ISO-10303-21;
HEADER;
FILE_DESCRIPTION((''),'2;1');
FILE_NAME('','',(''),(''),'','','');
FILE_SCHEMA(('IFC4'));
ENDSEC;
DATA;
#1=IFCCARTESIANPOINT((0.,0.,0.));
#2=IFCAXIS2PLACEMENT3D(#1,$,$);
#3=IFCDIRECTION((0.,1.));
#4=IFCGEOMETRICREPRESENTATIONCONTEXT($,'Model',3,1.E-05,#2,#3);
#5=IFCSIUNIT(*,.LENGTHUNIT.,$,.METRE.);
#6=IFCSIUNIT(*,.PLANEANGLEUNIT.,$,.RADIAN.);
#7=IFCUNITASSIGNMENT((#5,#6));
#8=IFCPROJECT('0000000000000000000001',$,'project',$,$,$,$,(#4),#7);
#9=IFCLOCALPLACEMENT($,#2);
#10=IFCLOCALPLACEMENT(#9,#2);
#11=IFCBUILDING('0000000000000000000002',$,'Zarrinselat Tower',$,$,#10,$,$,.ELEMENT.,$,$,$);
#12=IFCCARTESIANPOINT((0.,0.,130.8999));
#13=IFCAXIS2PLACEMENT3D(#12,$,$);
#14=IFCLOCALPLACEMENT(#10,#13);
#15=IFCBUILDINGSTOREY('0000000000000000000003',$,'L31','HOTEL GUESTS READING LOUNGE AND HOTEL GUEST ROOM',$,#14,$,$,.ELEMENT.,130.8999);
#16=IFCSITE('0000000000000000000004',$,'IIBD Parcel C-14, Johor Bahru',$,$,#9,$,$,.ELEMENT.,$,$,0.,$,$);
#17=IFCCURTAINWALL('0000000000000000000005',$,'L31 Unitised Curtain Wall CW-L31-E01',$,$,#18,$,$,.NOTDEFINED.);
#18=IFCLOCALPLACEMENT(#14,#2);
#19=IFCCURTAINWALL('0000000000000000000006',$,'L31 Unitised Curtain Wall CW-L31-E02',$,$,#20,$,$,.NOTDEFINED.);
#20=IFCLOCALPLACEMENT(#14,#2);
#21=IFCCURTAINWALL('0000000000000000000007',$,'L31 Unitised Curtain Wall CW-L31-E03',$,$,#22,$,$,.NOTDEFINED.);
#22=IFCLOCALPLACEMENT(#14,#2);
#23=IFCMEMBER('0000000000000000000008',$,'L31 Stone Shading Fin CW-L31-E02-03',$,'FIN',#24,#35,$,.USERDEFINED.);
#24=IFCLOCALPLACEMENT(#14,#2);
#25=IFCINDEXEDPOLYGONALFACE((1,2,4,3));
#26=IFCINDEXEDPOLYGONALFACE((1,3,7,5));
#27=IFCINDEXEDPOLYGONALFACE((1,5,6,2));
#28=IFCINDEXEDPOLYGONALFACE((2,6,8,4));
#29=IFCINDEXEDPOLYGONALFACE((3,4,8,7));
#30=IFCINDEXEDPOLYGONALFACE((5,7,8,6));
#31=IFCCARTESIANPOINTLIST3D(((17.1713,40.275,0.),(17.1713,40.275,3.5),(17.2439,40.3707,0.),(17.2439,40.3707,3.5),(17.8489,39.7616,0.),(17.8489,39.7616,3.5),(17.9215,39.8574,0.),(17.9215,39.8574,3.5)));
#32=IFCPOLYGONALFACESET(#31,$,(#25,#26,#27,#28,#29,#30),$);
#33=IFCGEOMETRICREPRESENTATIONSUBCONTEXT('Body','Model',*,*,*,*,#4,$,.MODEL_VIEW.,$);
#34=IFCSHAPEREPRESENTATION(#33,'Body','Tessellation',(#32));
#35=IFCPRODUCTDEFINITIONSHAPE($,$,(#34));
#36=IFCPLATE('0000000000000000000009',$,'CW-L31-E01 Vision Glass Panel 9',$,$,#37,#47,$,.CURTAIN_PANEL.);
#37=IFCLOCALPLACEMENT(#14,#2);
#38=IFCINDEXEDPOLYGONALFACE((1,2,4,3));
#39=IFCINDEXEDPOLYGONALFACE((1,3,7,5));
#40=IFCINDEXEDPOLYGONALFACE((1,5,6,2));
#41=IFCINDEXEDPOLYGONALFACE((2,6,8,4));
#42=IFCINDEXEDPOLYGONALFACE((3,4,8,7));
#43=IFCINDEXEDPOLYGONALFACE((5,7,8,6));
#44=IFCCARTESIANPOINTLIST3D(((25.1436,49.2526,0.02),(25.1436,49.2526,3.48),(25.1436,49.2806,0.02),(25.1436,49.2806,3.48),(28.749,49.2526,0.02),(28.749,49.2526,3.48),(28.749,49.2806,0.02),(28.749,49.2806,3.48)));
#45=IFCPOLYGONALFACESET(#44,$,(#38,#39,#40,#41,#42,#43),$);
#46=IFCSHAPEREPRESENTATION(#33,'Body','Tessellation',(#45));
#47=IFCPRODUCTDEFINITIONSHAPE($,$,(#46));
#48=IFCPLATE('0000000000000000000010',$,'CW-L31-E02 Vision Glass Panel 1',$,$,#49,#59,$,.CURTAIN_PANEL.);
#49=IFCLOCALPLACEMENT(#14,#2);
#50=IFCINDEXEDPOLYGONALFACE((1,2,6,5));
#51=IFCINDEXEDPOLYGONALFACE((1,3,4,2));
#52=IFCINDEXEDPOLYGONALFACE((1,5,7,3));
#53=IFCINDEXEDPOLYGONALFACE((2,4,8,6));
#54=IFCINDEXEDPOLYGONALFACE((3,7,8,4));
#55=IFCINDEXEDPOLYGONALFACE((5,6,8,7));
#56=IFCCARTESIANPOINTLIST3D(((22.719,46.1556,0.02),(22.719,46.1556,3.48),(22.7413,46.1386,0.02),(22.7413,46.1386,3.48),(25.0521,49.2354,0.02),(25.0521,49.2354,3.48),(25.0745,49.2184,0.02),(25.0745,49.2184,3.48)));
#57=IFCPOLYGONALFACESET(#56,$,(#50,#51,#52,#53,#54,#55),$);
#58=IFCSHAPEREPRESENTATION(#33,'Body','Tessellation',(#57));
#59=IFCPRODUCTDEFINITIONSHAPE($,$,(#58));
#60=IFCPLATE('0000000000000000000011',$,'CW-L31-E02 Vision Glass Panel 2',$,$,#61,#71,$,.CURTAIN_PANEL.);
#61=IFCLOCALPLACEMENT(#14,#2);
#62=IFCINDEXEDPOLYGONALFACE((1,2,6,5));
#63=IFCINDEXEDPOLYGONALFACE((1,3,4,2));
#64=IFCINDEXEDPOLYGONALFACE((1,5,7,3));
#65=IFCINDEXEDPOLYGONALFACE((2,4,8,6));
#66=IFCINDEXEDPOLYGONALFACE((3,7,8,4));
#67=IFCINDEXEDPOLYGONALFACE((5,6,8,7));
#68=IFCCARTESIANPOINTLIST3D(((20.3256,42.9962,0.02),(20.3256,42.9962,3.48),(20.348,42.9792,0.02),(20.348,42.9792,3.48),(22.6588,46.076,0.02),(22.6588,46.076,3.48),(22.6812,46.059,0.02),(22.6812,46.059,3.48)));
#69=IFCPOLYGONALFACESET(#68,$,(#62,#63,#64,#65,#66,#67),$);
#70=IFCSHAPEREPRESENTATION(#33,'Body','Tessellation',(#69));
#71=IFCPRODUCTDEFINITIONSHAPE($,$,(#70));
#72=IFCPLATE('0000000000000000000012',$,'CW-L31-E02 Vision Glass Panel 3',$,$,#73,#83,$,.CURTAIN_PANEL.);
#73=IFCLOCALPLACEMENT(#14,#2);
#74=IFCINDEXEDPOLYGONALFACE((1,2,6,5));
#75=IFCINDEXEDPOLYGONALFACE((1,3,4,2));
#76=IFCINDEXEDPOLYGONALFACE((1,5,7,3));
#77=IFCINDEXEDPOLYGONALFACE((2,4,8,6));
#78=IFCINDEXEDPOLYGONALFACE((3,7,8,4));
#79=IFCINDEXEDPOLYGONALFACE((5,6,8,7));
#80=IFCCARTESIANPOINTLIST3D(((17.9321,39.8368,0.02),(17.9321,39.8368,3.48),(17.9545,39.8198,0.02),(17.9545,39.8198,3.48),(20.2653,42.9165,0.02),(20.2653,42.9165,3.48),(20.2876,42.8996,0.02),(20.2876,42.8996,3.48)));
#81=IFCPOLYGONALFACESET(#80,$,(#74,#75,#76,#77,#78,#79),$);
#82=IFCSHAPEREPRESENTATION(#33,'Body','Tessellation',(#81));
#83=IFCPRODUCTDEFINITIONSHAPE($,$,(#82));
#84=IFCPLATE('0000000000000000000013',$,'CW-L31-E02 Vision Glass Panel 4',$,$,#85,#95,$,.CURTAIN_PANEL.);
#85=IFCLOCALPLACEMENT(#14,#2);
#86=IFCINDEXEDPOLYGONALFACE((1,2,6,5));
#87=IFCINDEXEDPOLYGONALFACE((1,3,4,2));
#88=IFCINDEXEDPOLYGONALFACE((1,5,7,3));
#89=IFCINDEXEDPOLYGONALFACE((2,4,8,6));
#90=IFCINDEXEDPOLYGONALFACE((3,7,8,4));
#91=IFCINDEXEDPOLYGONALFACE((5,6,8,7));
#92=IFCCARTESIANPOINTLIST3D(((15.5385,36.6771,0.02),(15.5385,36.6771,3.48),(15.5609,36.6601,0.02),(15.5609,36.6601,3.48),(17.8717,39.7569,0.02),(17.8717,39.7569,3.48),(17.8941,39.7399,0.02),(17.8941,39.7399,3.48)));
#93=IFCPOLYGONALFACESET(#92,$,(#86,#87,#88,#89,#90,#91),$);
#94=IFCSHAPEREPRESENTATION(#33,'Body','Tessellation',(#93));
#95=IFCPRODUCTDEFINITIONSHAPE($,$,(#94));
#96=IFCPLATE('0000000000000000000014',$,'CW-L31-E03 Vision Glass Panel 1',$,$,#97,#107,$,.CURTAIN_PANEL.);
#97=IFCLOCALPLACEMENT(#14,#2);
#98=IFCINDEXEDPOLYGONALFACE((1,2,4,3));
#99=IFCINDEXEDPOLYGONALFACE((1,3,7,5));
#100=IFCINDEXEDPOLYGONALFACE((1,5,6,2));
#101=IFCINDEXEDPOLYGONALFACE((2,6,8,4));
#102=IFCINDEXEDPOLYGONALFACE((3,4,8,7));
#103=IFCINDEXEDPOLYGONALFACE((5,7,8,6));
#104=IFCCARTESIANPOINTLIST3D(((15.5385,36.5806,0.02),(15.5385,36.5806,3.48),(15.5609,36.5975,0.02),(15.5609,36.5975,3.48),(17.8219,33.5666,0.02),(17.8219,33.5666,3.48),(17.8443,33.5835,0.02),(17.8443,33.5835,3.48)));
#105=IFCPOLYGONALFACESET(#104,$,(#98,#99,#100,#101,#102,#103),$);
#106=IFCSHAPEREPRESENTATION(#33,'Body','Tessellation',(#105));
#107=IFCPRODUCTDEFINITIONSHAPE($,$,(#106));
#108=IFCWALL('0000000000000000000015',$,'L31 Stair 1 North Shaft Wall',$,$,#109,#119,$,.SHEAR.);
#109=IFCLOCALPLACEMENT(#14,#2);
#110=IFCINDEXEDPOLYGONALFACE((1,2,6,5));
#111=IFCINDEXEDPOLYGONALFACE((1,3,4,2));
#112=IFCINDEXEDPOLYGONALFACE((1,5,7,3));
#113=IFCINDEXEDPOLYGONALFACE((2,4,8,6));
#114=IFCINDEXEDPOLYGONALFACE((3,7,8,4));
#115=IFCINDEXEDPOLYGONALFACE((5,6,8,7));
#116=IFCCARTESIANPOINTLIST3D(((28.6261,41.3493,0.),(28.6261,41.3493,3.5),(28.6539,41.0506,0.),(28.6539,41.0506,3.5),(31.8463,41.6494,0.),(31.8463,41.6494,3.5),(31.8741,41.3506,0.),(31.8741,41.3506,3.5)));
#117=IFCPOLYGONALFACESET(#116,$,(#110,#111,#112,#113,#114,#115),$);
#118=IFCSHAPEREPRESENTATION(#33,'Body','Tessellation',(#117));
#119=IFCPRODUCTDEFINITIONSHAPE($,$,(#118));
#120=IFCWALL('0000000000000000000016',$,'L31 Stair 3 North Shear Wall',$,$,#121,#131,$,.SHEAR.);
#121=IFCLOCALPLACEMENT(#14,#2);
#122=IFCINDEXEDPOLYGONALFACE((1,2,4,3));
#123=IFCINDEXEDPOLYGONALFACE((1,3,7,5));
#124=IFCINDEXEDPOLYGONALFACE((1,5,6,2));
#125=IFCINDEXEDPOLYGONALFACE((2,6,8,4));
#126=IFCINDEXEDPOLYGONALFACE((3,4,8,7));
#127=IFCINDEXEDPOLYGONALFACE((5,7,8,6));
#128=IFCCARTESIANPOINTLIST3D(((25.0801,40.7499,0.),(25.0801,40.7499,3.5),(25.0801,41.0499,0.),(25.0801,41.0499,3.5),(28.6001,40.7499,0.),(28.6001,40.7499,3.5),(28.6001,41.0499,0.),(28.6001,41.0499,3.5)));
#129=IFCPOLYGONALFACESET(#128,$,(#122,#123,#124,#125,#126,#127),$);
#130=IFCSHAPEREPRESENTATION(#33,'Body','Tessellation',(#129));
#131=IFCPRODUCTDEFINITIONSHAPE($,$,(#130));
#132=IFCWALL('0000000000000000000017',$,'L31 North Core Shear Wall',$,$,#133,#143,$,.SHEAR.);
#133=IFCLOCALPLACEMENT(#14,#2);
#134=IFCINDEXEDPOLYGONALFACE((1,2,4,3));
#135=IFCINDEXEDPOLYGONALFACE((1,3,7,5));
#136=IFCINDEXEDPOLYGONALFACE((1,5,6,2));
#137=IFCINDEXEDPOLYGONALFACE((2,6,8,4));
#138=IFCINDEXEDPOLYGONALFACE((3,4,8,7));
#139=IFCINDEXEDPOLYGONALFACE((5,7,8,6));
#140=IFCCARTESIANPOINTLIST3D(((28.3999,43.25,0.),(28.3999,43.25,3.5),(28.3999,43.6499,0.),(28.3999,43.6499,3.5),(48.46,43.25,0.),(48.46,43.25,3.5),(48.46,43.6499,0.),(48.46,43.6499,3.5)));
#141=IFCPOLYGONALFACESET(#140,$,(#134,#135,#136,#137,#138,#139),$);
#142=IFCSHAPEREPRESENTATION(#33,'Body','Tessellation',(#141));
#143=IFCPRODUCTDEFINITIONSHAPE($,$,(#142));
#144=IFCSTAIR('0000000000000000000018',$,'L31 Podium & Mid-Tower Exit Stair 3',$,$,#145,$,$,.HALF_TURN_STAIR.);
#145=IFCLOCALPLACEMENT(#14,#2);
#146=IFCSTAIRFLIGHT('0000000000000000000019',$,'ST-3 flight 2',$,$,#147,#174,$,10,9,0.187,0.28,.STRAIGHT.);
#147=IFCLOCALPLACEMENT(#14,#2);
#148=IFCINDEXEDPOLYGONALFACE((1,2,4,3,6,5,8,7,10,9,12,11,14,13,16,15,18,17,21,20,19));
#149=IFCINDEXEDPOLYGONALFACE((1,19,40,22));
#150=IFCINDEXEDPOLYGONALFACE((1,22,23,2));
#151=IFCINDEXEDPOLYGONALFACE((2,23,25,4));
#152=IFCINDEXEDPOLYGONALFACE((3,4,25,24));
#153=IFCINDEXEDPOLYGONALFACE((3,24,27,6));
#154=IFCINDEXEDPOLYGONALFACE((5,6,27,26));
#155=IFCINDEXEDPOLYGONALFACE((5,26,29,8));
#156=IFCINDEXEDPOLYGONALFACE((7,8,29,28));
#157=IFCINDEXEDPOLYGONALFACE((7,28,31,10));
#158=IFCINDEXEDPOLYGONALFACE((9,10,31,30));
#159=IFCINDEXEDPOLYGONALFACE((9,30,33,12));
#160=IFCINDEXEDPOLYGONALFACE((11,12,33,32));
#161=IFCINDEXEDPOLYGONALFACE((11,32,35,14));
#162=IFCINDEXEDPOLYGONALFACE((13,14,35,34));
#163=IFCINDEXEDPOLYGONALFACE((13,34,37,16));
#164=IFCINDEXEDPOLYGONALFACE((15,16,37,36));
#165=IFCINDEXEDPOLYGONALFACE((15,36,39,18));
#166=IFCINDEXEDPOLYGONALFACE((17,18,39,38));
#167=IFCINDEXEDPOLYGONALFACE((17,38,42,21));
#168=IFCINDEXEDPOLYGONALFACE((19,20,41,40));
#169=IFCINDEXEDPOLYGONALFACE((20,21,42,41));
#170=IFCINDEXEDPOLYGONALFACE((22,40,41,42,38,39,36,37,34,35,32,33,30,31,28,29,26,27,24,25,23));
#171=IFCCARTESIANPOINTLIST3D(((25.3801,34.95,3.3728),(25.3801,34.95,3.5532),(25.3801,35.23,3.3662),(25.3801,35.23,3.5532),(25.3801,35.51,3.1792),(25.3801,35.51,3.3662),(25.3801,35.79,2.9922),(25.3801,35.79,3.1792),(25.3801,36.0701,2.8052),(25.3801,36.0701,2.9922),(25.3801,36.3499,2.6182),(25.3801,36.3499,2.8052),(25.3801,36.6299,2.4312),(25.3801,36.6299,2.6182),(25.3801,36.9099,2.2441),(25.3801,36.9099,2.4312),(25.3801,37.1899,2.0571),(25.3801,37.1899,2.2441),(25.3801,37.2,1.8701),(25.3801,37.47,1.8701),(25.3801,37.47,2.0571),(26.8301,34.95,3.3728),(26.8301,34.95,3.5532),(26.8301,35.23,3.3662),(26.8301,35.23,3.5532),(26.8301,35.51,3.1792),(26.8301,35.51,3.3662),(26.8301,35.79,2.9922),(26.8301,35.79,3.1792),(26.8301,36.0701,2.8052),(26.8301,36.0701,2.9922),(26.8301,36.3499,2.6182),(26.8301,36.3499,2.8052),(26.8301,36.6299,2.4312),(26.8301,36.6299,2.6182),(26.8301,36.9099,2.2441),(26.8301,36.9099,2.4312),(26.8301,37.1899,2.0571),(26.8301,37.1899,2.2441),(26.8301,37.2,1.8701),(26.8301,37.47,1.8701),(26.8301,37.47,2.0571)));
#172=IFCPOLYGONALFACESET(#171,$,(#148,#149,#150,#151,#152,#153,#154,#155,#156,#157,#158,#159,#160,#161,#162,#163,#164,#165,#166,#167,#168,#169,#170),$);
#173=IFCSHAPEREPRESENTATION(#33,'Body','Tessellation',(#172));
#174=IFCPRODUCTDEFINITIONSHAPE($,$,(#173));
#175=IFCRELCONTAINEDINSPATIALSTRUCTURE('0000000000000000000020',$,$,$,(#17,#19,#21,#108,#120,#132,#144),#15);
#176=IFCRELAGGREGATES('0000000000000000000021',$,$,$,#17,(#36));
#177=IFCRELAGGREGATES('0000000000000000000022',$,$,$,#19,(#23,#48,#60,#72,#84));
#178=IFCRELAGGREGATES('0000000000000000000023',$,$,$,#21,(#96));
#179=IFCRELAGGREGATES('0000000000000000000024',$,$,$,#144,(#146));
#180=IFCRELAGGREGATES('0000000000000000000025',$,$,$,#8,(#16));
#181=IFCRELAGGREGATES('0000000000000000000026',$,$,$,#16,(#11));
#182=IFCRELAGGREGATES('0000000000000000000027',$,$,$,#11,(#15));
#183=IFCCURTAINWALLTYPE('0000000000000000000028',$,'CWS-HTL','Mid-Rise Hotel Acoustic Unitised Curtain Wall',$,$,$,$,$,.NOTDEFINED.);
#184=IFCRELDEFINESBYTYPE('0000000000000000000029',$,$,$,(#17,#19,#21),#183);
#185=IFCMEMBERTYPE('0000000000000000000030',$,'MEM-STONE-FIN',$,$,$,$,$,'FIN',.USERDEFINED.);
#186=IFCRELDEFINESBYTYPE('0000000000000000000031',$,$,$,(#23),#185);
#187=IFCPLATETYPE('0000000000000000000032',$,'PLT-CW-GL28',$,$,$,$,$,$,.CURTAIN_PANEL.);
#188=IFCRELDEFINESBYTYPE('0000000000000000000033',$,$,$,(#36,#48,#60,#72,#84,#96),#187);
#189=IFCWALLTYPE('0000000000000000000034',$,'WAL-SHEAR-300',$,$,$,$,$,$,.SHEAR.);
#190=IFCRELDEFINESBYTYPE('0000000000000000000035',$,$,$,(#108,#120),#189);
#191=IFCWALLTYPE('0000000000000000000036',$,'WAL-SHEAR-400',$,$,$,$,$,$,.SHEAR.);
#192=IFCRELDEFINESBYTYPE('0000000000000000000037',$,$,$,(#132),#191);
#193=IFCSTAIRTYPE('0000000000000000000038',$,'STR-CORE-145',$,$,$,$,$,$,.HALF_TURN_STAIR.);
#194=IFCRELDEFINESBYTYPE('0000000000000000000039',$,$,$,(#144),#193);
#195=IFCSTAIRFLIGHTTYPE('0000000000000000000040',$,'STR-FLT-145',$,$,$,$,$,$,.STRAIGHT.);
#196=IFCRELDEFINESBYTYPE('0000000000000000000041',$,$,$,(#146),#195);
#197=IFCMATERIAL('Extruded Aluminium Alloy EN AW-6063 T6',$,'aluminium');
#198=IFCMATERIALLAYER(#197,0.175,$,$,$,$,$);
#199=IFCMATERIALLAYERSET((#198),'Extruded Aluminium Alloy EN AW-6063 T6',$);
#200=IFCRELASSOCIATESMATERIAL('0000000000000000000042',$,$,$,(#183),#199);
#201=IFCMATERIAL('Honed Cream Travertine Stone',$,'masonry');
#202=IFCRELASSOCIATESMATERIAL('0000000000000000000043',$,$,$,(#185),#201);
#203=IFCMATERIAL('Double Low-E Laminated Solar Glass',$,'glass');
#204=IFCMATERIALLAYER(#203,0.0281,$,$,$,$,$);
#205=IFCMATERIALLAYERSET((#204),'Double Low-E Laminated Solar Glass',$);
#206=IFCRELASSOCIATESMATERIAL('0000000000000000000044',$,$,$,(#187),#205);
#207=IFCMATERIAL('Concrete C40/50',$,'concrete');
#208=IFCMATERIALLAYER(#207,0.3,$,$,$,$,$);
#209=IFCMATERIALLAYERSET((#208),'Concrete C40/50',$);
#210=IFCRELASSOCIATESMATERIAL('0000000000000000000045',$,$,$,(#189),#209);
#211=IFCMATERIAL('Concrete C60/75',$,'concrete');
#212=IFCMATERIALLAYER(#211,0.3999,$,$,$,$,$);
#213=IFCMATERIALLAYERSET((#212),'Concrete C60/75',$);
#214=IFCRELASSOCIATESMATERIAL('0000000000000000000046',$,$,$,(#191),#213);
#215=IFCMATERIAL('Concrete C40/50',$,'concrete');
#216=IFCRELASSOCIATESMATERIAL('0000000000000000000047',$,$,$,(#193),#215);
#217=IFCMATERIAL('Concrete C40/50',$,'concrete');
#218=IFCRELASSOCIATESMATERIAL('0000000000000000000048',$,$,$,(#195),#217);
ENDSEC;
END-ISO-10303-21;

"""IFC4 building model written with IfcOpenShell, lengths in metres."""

from ifc_helpers import new_model, si_unit, direction, frame, frame_2d, origin, origin_2d, place, context, subcontext, project, spatial, polyline, rectangle, outline, extrude, material, layer, layer_set, material_profile, profile_set, type_object, element, aggregate, save


model = new_model("IFC4")

# Units and contexts
model_context = context("Model", 3, precision=1e-05, world=origin(), true_north=direction((0.0, 1.0)))
body_context = subcontext(model_context, "Body", "Model", "MODEL_VIEW")
ifc_project = project(units=[si_unit("LENGTHUNIT", "METRE"), si_unit("PLANEANGLEUNIT", "RADIAN")], contexts=[model_context])

# Site, building, storey
site_placement = place(None, origin())
site = spatial("IfcSite", under=ifc_project, at=site_placement, Name="IIBD Parcel C-14, Johor Bahru", CompositionType="ELEMENT", RefElevation=0.0)
building_placement = place(site_placement, origin())
building = spatial("IfcBuilding", under=site, at=building_placement, Name="Zarrinselat Tower", CompositionType="ELEMENT")
storey_placement = place(building_placement, frame((0.0, 0.0, 130.8999)))
storey = spatial("IfcBuildingStorey", under=building, at=storey_placement, Name="L31", Description="HOTEL GUESTS READING LOUNGE AND HOTEL GUEST ROOM", CompositionType="ELEMENT", Elevation=130.8999)

# Curtain walls
ifc_material_1 = material(Name="Extruded Aluminium Alloy EN AW-6063 T6", Category="aluminium")
ifc_layer_1 = layer(ifc_material_1, 0.175)
ifc_layer_set_1 = layer_set([ifc_layer_1], Name="Extruded Aluminium Alloy EN AW-6063 T6")
curtain_wall_type = type_object("IfcCurtainWallType", Name="CWS-HTL", Description="Mid-Rise Hotel Acoustic Unitised Curtain Wall", PredefinedType="NOTDEFINED", material=ifc_layer_set_1)
curtain_wall_1_placement = place(storey_placement, origin())
curtain_wall_1 = element("IfcCurtainWall", 1, at=curtain_wall_1_placement, inside=storey, type_object=curtain_wall_type, Name="L31 Unitised Curtain Wall CW-L31-E01", PredefinedType="NOTDEFINED")
curtain_wall_2_placement = place(storey_placement, origin())
curtain_wall_2 = element("IfcCurtainWall", 2, at=curtain_wall_2_placement, inside=storey, type_object=curtain_wall_type, Name="L31 Unitised Curtain Wall CW-L31-E02", PredefinedType="NOTDEFINED")

# Curtain wall
curtain_wall_3_placement = place(storey_placement, origin())
curtain_wall_3 = element("IfcCurtainWall", 3, at=curtain_wall_3_placement, inside=storey, type_object=curtain_wall_type, Name="L31 Unitised Curtain Wall CW-L31-E03", PredefinedType="NOTDEFINED")

# Member
ifc_material_2 = material(Name="Honed Cream Travertine Stone", Category="masonry")
ifc_material_profile_1 = material_profile(ifc_material_2, rectangle(XDim=0.1201, YDim=0.8501, at=origin_2d()), Name="FIN 850x120")
ifc_profile_set_1 = profile_set([ifc_material_profile_1], Name="Honed Cream Travertine Stone")
member_type_1 = type_object("IfcMemberType", Name="MEM-STONE-FIN", ElementType="FIN", PredefinedType="USERDEFINED", material=ifc_profile_set_1)
member_1_placement = place(storey_placement, frame((17.5464, 40.0662, 0.0), z_axis=(0.0, 0.0, 1.0), x_axis=(0.603858, 0.797092, 0.0)))
member_1 = element("IfcMember", 4, at=member_1_placement, type_object=member_type_1, Name="L31 Stone Shading Fin CW-L31-E02-03", ObjectType="FIN", PredefinedType="USERDEFINED", context=body_context, shape_type="SweptSolid", body=[
    extrude(rectangle(XDim=0.1201, YDim=0.8501, at=origin_2d()), origin(), (0.0, 0.0, 1.0), 3.5),
])

# Plates
ifc_material_3 = material(Name="Double Low-E Laminated Solar Glass", Category="glass")
ifc_layer_2 = layer(ifc_material_3, 0.0281)
ifc_layer_set_2 = layer_set([ifc_layer_2], Name="Double Low-E Laminated Solar Glass")
plate_type = type_object("IfcPlateType", Name="PLT-CW-GL28", PredefinedType="CURTAIN_PANEL", material=ifc_layer_set_2)
plate_1_placement = place(storey_placement, frame((26.9463, 49.2666, 0.02), z_axis=(0.0, 0.0, 1.0), x_axis=(-1.0, 0.0, 0.0)))
plate_1 = element("IfcPlate", 5, at=plate_1_placement, type_object=plate_type, Name="CW-L31-E01 Vision Glass Panel 9", PredefinedType="CURTAIN_PANEL", context=body_context, shape_type="SweptSolid", body=[
    extrude(rectangle(XDim=3.6055, YDim=0.0281, at=origin_2d()), origin(), (0.0, 0.0, 1.0), 3.46),
])
aggregate(curtain_wall_1, [plate_1])
plate_2_placement = place(storey_placement, frame((23.8967, 47.687, 0.02), z_axis=(0.0, 0.0, 1.0), x_axis=(-0.603858, -0.797092, 0.0)))
plate_2 = element("IfcPlate", 6, at=plate_2_placement, type_object=plate_type, Name="CW-L31-E02 Vision Glass Panel 1", PredefinedType="CURTAIN_PANEL", context=body_context, shape_type="SweptSolid", body=[
    extrude(rectangle(XDim=3.8638, YDim=0.0281, at=origin_2d()), origin(), (0.0, 0.0, 1.0), 3.46),
])
plate_3_placement = place(storey_placement, frame((21.5034, 44.5276, 0.02), z_axis=(0.0, 0.0, 1.0), x_axis=(-0.603858, -0.797092, 0.0)))
plate_3 = element("IfcPlate", 7, at=plate_3_placement, type_object=plate_type, Name="CW-L31-E02 Vision Glass Panel 2", PredefinedType="CURTAIN_PANEL", context=body_context, shape_type="SweptSolid", body=[
    extrude(rectangle(XDim=3.8638, YDim=0.0281, at=origin_2d()), origin(), (0.0, 0.0, 1.0), 3.46),
])
plate_4_placement = place(storey_placement, frame((19.1099, 41.3682, 0.02), z_axis=(0.0, 0.0, 1.0), x_axis=(-0.603858, -0.797092, 0.0)))
plate_4 = element("IfcPlate", 8, at=plate_4_placement, type_object=plate_type, Name="CW-L31-E02 Vision Glass Panel 3", PredefinedType="CURTAIN_PANEL", context=body_context, shape_type="SweptSolid", body=[
    extrude(rectangle(XDim=3.8638, YDim=0.0281, at=origin_2d()), origin(), (0.0, 0.0, 1.0), 3.46),
])
plate_5_placement = place(storey_placement, frame((16.7163, 38.2085, 0.02), z_axis=(0.0, 0.0, 1.0), x_axis=(-0.603858, -0.797092, 0.0)))
plate_5 = element("IfcPlate", 9, at=plate_5_placement, type_object=plate_type, Name="CW-L31-E02 Vision Glass Panel 4", PredefinedType="CURTAIN_PANEL", context=body_context, shape_type="SweptSolid", body=[
    extrude(rectangle(XDim=3.8638, YDim=0.0281, at=origin_2d()), origin(), (0.0, 0.0, 1.0), 3.46),
])
aggregate(curtain_wall_2, [member_1, plate_2, plate_3, plate_4, plate_5])
plate_6_placement = place(storey_placement, frame((16.6914, 35.082, 0.02), z_axis=(0.0, 0.0, 1.0), x_axis=(0.603858, -0.797092, 0.0)))
plate_6 = element("IfcPlate", 10, at=plate_6_placement, type_object=plate_type, Name="CW-L31-E03 Vision Glass Panel 1", PredefinedType="CURTAIN_PANEL", context=body_context, shape_type="SweptSolid", body=[
    extrude(rectangle(XDim=3.7812, YDim=0.0281, at=origin_2d()), origin(), (0.0, 0.0, 1.0), 3.46),
])
aggregate(curtain_wall_3, [plate_6])

# Walls
ifc_material_4 = material(Name="Concrete C40/50", Category="concrete")
ifc_layer_3 = layer(ifc_material_4, 0.3)
ifc_layer_set_3 = layer_set([ifc_layer_3], Name="Concrete C40/50")
wall_type_1 = type_object("IfcWallType", Name="WAL-SHEAR-300", PredefinedType="SHEAR", material=ifc_layer_set_3)
wall_1_placement = place(storey_placement, frame((28.6399, 41.2, 0.0), z_axis=(0.0, 0.0, 1.0), x_axis=(0.995687, 0.092775, 0.0)))
element("IfcWall", 11, at=wall_1_placement, inside=storey, type_object=wall_type_1, Name="L31 Stair 1 North Shaft Wall", PredefinedType="SHEAR", context=body_context, shape_type="SweptSolid", body=[
    extrude(rectangle(XDim=3.2341, YDim=0.3, at=frame_2d((1.6172, 0.0))), origin(), (0.0, 0.0, 1.0), 3.5),
])
wall_2_placement = place(storey_placement, frame((25.0801, 40.8999, 0.0), z_axis=(0.0, 0.0, 1.0), x_axis=(1.0, 0.0, 0.0)))
element("IfcWall", 12, at=wall_2_placement, inside=storey, type_object=wall_type_1, Name="L31 Stair 3 North Shear Wall", PredefinedType="SHEAR", context=body_context, shape_type="SweptSolid", body=[
    extrude(rectangle(XDim=3.52, YDim=0.3, at=frame_2d((1.76, 0.0))), origin(), (0.0, 0.0, 1.0), 3.5),
])
ifc_material_5 = material(Name="Concrete C60/75", Category="concrete")
ifc_layer_4 = layer(ifc_material_5, 0.3999)
ifc_layer_set_4 = layer_set([ifc_layer_4], Name="Concrete C60/75")
wall_type_2 = type_object("IfcWallType", Name="WAL-SHEAR-400", PredefinedType="SHEAR", material=ifc_layer_set_4)
wall_3_placement = place(storey_placement, frame((28.3999, 43.45, 0.0), z_axis=(0.0, 0.0, 1.0), x_axis=(1.0, 0.0, 0.0)))
element("IfcWall", 13, at=wall_3_placement, inside=storey, type_object=wall_type_2, Name="L31 North Core Shear Wall", PredefinedType="SHEAR", context=body_context, shape_type="SweptSolid", body=[
    extrude(rectangle(XDim=20.0601, YDim=0.3999, at=frame_2d((10.03, 0.0))), origin(), (0.0, 0.0, 1.0), 3.5),
])

# Stair, stair flight
ifc_material_6 = material(Name="Concrete C40/50", Category="concrete")
stair_type_1 = type_object("IfcStairType", Name="STR-CORE-145", PredefinedType="HALF_TURN_STAIR", material=ifc_material_6)
stair_1_placement = place(storey_placement, origin())
stair_1 = element("IfcStair", 14, at=stair_1_placement, inside=storey, type_object=stair_type_1, Name="L31 Podium & Mid-Tower Exit Stair 3", PredefinedType="HALF_TURN_STAIR")
ifc_material_7 = material(Name="Concrete C40/50", Category="concrete")
stair_flight_type_1 = type_object("IfcStairFlightType", Name="STR-FLT-145", PredefinedType="STRAIGHT", material=ifc_material_7)
stair_flight_1_placement = place(storey_placement, frame((26.105, 37.47, 1.8701), z_axis=(0.0, 0.0, 1.0), x_axis=(0.0, -1.0, 0.0)))
stair_flight_1 = element("IfcStairFlight", 15, at=stair_flight_1_placement, type_object=stair_flight_type_1, Name="ST-3 flight 2", NumberOfRisers=10, NumberOfTreads=9, PredefinedType="STRAIGHT", RiserHeight=0.187, TreadLength=0.28, context=body_context, shape_type="SweptSolid", body=[
    extrude(outline(polyline([(0.0, 0.0), (0.0, 0.187), (0.28, 0.187), (0.28, 0.374), (0.5601, 0.374), (0.5601, 0.561), (0.8401, 0.561), (0.8401, 0.748), (1.1201, 0.748), (1.1201, 0.9351), (1.3999, 0.9351), (1.3999, 1.1221), (1.6799, 1.1221), (1.6799, 1.3091), (1.96, 1.3091), (1.96, 1.4961), (2.24, 1.4961), (2.24, 1.6831), (2.52, 1.6831), (2.52, 1.8701), (2.52, 1.5027), (0.27, 0.0), (0.0, 0.0)])), frame((0.0, 0.7251, 0.0), z_axis=(0.0, -1.0, 0.0), x_axis=(1.0, 0.0, 0.0)), (0.0, 0.0, 1.0), 1.45),
])
aggregate(stair_1, [stair_flight_1])

save(model, "model.ifc")
